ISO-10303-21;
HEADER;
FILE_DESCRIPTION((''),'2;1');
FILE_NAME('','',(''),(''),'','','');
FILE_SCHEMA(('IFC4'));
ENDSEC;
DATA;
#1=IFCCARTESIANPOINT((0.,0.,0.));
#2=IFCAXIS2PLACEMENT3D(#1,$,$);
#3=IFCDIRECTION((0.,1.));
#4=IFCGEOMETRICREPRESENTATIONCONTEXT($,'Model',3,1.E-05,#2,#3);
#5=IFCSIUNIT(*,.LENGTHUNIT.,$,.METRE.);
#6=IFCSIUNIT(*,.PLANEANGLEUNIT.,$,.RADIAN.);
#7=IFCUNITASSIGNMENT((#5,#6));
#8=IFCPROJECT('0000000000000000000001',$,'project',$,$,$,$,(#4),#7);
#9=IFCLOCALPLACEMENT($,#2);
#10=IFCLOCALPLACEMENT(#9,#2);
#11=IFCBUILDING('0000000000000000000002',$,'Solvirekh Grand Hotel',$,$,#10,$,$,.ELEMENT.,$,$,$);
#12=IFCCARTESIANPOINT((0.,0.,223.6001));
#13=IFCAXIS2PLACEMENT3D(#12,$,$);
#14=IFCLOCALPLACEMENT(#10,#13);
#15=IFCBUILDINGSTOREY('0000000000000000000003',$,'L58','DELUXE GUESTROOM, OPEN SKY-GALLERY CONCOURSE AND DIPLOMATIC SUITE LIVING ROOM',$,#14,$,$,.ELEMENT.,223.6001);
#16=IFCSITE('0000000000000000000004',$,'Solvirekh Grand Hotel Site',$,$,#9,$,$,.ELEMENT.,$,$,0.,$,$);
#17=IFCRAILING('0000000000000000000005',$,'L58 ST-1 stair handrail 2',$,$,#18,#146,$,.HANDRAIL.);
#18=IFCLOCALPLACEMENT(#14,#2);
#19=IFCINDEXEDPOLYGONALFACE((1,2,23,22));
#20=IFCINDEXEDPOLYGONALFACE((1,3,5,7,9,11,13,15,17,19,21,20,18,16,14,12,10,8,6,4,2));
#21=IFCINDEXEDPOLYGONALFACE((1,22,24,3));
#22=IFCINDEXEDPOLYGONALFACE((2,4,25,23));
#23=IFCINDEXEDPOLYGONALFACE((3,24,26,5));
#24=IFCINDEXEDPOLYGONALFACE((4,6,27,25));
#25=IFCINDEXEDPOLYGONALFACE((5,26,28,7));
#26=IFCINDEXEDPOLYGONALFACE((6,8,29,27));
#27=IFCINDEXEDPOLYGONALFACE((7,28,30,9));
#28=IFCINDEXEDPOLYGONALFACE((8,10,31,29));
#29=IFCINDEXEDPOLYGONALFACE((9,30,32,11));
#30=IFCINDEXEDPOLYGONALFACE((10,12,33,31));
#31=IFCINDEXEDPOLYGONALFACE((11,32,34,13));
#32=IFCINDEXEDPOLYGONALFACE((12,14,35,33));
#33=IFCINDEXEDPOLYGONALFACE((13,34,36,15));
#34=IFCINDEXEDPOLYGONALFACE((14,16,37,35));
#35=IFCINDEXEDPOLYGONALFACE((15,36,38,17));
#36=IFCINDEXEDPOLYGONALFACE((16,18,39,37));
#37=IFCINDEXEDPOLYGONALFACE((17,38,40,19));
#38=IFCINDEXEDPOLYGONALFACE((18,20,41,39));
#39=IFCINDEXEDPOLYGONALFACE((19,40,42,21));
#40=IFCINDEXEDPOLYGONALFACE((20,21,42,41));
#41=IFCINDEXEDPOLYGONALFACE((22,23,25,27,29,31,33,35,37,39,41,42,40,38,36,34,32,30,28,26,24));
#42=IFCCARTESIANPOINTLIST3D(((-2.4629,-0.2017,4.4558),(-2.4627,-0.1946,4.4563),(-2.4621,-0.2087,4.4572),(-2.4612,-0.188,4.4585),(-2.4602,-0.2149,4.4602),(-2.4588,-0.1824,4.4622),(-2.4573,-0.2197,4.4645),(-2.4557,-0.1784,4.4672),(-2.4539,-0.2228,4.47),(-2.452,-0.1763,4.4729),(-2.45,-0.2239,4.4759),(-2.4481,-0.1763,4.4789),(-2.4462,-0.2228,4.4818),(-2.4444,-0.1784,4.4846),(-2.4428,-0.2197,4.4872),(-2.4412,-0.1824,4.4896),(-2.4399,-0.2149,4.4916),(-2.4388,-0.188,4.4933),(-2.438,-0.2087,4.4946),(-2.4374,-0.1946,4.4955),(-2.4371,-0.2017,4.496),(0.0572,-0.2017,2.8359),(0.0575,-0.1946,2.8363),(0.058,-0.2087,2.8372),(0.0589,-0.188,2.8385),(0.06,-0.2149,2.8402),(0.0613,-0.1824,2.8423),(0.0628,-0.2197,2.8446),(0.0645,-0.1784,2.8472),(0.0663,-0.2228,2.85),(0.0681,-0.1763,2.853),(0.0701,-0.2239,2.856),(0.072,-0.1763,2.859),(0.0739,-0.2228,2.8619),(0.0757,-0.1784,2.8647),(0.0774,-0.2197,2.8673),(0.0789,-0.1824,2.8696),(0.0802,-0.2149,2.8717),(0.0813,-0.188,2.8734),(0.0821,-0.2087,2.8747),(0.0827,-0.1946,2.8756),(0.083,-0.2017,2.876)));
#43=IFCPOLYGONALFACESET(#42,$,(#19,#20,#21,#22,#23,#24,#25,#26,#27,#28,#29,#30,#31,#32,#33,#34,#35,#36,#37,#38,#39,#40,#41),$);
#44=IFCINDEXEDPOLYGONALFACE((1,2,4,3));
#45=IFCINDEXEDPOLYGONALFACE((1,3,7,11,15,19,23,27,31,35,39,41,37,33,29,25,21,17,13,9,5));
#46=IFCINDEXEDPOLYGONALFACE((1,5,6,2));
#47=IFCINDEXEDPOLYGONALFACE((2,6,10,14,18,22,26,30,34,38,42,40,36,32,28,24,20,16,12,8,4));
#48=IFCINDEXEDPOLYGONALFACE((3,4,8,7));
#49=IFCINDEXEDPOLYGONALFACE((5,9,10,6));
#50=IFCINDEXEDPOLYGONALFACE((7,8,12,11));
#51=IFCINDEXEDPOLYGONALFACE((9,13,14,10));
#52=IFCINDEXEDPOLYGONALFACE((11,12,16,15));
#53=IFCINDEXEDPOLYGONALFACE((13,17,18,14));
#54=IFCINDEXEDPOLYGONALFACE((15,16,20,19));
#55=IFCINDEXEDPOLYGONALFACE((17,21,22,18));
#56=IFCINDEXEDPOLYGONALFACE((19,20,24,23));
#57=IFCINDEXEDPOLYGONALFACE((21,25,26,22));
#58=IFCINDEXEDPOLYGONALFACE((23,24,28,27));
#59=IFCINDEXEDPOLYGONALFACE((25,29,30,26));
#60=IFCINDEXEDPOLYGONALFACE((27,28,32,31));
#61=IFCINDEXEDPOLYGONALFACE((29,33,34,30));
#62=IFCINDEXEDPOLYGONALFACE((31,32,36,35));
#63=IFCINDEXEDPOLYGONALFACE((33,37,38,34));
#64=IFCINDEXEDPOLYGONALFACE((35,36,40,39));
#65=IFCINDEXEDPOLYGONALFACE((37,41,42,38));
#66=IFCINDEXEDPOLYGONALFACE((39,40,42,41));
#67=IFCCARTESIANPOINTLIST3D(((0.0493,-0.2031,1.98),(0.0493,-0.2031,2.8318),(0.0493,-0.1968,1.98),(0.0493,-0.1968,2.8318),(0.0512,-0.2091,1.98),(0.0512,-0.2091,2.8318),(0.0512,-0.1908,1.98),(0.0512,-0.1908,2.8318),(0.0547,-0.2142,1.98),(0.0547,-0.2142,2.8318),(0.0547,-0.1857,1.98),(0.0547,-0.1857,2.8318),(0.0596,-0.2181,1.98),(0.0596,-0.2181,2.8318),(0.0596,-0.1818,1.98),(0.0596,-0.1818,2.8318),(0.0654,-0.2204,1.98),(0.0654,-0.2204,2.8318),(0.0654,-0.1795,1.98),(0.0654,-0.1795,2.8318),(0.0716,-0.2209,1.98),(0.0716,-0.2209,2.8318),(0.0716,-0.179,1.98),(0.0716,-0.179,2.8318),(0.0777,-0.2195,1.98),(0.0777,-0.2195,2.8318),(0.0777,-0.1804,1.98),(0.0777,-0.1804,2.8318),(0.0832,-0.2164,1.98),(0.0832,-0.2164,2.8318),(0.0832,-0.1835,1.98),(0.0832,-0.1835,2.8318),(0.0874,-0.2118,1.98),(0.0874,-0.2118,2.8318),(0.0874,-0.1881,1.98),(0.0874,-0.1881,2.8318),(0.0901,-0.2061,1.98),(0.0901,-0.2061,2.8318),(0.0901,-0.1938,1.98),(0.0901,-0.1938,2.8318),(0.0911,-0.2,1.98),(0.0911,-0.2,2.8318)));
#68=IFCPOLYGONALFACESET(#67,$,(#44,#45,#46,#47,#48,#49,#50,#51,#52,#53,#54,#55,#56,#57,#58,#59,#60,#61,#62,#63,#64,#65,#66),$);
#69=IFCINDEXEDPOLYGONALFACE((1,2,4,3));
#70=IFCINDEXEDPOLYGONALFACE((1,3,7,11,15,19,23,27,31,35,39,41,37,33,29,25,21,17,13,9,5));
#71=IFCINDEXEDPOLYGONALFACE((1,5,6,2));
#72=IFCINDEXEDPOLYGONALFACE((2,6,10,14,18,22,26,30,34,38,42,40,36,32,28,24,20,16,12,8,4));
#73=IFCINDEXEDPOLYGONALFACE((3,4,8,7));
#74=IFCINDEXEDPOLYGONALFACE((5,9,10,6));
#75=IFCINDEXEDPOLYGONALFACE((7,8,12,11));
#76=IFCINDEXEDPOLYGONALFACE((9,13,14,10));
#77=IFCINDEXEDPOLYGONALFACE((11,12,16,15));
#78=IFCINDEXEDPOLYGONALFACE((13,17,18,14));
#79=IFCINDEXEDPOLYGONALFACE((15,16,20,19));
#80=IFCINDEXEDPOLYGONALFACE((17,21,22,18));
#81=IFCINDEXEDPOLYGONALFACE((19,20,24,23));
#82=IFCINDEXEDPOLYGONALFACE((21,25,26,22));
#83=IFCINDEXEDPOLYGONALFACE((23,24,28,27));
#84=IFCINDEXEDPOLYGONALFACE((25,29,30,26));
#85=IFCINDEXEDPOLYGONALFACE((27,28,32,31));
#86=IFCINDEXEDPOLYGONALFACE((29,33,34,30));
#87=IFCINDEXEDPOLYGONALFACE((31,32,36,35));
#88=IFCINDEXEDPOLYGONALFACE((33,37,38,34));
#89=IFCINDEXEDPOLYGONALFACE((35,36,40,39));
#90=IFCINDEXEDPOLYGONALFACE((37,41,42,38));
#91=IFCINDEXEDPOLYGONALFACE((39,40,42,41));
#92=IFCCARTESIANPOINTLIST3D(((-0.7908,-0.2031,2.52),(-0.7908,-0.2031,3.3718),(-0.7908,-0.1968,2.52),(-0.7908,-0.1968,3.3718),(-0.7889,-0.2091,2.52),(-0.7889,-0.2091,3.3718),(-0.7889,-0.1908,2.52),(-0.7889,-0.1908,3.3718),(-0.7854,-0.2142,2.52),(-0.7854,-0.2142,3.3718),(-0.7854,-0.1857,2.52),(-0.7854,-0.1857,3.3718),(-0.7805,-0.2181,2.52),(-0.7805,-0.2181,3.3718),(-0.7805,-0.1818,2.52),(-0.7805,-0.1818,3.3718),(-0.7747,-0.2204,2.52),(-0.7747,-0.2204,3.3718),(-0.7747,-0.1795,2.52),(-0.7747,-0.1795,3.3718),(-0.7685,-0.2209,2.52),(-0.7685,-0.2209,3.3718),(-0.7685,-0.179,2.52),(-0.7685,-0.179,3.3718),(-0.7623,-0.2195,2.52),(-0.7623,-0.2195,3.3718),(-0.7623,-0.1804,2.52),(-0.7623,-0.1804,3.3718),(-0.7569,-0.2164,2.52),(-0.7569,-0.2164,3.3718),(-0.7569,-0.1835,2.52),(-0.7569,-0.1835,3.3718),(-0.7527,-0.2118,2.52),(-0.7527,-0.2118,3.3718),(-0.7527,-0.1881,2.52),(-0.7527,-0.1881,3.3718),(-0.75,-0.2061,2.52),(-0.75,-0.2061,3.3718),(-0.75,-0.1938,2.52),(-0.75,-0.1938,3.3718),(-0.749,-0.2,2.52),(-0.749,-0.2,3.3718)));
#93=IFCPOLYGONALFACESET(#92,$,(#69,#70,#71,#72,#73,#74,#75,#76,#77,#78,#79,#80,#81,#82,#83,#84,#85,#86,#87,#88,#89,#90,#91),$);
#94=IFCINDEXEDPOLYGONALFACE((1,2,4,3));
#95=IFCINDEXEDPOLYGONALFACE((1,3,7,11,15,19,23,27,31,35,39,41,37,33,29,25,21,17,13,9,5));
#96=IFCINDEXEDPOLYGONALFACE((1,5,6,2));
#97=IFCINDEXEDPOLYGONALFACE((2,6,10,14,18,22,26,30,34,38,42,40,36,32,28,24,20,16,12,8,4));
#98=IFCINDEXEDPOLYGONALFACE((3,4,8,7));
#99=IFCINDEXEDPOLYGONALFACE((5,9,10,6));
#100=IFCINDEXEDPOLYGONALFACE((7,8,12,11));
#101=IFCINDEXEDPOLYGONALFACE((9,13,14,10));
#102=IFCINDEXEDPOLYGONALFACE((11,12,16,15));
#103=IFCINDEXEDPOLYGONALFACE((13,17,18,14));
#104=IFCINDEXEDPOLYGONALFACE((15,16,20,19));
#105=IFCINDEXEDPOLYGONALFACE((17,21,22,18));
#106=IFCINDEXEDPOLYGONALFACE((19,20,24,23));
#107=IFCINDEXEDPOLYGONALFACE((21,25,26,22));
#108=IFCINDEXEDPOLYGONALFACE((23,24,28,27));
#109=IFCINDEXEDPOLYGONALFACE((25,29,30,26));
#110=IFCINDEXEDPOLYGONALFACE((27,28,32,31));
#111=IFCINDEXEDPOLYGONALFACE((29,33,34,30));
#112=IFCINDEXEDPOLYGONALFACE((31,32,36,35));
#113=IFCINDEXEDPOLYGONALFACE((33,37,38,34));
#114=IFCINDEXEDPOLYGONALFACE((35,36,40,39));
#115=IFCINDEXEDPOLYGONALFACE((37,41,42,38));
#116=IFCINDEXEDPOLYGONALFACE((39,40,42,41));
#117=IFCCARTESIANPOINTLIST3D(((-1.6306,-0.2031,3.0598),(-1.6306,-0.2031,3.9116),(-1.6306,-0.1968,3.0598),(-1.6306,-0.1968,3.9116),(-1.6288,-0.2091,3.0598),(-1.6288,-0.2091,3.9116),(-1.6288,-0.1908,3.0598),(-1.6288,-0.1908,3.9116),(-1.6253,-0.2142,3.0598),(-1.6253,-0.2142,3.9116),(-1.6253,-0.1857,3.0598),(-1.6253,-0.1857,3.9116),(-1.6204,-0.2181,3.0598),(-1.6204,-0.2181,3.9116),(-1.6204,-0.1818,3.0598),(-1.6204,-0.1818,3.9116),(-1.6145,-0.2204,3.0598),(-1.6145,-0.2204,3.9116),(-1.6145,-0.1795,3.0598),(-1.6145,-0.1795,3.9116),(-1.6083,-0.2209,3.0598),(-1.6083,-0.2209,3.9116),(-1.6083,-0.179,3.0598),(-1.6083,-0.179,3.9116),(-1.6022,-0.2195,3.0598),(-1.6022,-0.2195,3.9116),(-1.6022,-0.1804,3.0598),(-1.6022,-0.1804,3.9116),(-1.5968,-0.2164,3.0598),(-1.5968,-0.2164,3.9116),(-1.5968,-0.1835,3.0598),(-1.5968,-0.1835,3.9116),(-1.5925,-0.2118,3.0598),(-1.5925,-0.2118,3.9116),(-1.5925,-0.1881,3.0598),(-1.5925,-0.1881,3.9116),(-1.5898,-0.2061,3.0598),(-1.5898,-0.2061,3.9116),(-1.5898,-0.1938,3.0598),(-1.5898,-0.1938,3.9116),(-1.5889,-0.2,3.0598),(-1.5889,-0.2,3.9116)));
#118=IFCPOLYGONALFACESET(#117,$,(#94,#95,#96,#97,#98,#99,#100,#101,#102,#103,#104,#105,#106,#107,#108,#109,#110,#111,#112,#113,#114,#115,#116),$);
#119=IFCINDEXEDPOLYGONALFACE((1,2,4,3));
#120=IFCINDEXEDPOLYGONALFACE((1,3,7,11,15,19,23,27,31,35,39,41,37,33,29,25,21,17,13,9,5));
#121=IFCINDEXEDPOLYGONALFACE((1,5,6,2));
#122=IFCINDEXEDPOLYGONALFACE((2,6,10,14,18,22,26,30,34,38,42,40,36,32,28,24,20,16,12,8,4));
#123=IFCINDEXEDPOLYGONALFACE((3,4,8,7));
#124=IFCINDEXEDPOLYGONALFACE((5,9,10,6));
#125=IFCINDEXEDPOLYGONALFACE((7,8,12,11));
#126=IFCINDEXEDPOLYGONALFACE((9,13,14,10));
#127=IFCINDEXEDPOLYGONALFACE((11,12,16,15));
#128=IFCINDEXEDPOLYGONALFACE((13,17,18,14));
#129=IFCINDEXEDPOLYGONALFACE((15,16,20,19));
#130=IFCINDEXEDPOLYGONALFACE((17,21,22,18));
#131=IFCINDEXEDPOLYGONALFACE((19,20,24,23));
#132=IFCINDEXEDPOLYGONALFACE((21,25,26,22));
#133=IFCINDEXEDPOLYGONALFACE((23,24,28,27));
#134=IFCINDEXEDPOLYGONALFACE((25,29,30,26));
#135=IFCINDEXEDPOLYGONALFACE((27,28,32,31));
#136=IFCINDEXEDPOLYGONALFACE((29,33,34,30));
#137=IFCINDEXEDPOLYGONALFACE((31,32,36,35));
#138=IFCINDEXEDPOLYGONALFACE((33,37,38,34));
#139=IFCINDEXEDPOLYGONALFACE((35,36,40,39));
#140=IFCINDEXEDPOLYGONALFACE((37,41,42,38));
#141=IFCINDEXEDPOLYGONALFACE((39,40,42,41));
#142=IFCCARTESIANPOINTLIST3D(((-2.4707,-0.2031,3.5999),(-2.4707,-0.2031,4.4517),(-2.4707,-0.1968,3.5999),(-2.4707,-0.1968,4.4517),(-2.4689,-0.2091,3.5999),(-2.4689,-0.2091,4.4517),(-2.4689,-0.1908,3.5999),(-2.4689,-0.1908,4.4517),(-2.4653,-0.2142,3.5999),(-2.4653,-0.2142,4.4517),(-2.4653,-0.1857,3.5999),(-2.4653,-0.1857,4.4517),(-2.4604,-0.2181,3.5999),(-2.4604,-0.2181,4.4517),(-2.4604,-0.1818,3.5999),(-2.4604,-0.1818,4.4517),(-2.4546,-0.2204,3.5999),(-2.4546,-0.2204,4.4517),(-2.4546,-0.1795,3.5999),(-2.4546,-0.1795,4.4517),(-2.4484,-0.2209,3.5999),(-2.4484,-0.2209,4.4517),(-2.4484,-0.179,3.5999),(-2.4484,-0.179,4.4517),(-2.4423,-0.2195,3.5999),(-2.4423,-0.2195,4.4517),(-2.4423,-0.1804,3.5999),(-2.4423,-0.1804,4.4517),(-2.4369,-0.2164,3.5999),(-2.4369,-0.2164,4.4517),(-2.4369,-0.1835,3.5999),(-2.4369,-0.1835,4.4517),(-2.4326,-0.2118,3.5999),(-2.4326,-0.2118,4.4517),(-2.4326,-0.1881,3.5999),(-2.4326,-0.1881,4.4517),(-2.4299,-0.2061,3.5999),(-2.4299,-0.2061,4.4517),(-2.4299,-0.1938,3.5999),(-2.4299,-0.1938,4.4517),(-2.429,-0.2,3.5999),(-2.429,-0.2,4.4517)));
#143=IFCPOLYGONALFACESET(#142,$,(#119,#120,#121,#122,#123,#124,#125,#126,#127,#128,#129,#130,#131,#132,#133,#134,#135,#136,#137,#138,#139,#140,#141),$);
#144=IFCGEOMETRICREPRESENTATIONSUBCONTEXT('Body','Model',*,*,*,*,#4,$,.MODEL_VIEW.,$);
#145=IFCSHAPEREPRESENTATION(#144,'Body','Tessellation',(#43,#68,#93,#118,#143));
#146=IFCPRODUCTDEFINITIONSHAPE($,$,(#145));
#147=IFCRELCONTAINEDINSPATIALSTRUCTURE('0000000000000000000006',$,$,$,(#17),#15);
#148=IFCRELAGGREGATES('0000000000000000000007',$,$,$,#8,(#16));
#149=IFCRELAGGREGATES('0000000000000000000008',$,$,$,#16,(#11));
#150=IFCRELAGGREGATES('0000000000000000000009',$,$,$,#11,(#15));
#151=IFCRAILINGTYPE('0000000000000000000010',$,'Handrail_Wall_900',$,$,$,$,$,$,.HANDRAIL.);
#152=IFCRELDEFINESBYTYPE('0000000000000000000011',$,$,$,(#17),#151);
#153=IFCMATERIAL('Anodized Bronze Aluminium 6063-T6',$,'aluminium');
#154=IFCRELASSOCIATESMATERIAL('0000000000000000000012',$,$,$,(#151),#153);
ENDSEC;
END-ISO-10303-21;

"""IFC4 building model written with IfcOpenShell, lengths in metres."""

from ifc_helpers import new_model, si_unit, direction, frame, origin, origin_2d, place, context, subcontext, project, spatial, circle, extrude, material, type_object, element, save


model = new_model("IFC4")

# Units and contexts
model_context = context("Model", 3, precision=1e-05, world=origin(), true_north=direction((0.0, 1.0)))
body_context = subcontext(model_context, "Body", "Model", "MODEL_VIEW")
ifc_project = project(units=[si_unit("LENGTHUNIT", "METRE"), si_unit("PLANEANGLEUNIT", "RADIAN")], contexts=[model_context])

# Site, building, storey
site_placement = place(None, origin())
site = spatial("IfcSite", under=ifc_project, at=site_placement, Name="Solvirekh Grand Hotel Site", CompositionType="ELEMENT", RefElevation=0.0)
building_placement = place(site_placement, origin())
building = spatial("IfcBuilding", under=site, at=building_placement, Name="Solvirekh Grand Hotel", CompositionType="ELEMENT")
storey_placement = place(building_placement, frame((0.0, 0.0, 223.6001)))
storey = spatial("IfcBuildingStorey", under=building, at=storey_placement, Name="L58", Description="DELUXE GUESTROOM, OPEN SKY-GALLERY CONCOURSE AND DIPLOMATIC SUITE LIVING ROOM", CompositionType="ELEMENT", Elevation=223.6001)

# Railing
ifc_material_1 = material(Name="Anodized Bronze Aluminium 6063-T6", Category="aluminium")
railing_type_1 = type_object("IfcRailingType", Name="Handrail_Wall_900", PredefinedType="HANDRAIL", material=ifc_material_1)
railing_1_placement = place(storey_placement, frame((0.0701, -0.2, 1.98)))
element("IfcRailing", 1, at=railing_1_placement, inside=storey, type_object=railing_type_1, Name="L58 ST-1 stair handrail 2", PredefinedType="HANDRAIL", context=body_context, shape_type="SweptSolid", body=[
    extrude(circle(Radius=0.0239, at=origin_2d()), frame((0.0, 0.0, 0.876), z_axis=(-0.8412, 0.0, 0.540725), x_axis=(0.0, -1.0, 0.0)), (0.0, 0.0, 1.0), 2.9958),
    extrude(circle(Radius=0.021, at=origin_2d()), origin(), (0.0, 0.0, 1.0), 0.8518),
    extrude(circle(Radius=0.021, at=origin_2d()), frame((-0.8401, 0.0, 0.54)), (0.0, 0.0, 1.0), 0.8518),
    extrude(circle(Radius=0.021, at=origin_2d()), frame((-1.6799, 0.0, 1.0798)), (0.0, 0.0, 1.0), 0.8518),
    extrude(circle(Radius=0.021, at=origin_2d()), frame((-2.52, 0.0, 1.6199)), (0.0, 0.0, 1.0), 0.8518),
])

save(model, "model.ifc")
